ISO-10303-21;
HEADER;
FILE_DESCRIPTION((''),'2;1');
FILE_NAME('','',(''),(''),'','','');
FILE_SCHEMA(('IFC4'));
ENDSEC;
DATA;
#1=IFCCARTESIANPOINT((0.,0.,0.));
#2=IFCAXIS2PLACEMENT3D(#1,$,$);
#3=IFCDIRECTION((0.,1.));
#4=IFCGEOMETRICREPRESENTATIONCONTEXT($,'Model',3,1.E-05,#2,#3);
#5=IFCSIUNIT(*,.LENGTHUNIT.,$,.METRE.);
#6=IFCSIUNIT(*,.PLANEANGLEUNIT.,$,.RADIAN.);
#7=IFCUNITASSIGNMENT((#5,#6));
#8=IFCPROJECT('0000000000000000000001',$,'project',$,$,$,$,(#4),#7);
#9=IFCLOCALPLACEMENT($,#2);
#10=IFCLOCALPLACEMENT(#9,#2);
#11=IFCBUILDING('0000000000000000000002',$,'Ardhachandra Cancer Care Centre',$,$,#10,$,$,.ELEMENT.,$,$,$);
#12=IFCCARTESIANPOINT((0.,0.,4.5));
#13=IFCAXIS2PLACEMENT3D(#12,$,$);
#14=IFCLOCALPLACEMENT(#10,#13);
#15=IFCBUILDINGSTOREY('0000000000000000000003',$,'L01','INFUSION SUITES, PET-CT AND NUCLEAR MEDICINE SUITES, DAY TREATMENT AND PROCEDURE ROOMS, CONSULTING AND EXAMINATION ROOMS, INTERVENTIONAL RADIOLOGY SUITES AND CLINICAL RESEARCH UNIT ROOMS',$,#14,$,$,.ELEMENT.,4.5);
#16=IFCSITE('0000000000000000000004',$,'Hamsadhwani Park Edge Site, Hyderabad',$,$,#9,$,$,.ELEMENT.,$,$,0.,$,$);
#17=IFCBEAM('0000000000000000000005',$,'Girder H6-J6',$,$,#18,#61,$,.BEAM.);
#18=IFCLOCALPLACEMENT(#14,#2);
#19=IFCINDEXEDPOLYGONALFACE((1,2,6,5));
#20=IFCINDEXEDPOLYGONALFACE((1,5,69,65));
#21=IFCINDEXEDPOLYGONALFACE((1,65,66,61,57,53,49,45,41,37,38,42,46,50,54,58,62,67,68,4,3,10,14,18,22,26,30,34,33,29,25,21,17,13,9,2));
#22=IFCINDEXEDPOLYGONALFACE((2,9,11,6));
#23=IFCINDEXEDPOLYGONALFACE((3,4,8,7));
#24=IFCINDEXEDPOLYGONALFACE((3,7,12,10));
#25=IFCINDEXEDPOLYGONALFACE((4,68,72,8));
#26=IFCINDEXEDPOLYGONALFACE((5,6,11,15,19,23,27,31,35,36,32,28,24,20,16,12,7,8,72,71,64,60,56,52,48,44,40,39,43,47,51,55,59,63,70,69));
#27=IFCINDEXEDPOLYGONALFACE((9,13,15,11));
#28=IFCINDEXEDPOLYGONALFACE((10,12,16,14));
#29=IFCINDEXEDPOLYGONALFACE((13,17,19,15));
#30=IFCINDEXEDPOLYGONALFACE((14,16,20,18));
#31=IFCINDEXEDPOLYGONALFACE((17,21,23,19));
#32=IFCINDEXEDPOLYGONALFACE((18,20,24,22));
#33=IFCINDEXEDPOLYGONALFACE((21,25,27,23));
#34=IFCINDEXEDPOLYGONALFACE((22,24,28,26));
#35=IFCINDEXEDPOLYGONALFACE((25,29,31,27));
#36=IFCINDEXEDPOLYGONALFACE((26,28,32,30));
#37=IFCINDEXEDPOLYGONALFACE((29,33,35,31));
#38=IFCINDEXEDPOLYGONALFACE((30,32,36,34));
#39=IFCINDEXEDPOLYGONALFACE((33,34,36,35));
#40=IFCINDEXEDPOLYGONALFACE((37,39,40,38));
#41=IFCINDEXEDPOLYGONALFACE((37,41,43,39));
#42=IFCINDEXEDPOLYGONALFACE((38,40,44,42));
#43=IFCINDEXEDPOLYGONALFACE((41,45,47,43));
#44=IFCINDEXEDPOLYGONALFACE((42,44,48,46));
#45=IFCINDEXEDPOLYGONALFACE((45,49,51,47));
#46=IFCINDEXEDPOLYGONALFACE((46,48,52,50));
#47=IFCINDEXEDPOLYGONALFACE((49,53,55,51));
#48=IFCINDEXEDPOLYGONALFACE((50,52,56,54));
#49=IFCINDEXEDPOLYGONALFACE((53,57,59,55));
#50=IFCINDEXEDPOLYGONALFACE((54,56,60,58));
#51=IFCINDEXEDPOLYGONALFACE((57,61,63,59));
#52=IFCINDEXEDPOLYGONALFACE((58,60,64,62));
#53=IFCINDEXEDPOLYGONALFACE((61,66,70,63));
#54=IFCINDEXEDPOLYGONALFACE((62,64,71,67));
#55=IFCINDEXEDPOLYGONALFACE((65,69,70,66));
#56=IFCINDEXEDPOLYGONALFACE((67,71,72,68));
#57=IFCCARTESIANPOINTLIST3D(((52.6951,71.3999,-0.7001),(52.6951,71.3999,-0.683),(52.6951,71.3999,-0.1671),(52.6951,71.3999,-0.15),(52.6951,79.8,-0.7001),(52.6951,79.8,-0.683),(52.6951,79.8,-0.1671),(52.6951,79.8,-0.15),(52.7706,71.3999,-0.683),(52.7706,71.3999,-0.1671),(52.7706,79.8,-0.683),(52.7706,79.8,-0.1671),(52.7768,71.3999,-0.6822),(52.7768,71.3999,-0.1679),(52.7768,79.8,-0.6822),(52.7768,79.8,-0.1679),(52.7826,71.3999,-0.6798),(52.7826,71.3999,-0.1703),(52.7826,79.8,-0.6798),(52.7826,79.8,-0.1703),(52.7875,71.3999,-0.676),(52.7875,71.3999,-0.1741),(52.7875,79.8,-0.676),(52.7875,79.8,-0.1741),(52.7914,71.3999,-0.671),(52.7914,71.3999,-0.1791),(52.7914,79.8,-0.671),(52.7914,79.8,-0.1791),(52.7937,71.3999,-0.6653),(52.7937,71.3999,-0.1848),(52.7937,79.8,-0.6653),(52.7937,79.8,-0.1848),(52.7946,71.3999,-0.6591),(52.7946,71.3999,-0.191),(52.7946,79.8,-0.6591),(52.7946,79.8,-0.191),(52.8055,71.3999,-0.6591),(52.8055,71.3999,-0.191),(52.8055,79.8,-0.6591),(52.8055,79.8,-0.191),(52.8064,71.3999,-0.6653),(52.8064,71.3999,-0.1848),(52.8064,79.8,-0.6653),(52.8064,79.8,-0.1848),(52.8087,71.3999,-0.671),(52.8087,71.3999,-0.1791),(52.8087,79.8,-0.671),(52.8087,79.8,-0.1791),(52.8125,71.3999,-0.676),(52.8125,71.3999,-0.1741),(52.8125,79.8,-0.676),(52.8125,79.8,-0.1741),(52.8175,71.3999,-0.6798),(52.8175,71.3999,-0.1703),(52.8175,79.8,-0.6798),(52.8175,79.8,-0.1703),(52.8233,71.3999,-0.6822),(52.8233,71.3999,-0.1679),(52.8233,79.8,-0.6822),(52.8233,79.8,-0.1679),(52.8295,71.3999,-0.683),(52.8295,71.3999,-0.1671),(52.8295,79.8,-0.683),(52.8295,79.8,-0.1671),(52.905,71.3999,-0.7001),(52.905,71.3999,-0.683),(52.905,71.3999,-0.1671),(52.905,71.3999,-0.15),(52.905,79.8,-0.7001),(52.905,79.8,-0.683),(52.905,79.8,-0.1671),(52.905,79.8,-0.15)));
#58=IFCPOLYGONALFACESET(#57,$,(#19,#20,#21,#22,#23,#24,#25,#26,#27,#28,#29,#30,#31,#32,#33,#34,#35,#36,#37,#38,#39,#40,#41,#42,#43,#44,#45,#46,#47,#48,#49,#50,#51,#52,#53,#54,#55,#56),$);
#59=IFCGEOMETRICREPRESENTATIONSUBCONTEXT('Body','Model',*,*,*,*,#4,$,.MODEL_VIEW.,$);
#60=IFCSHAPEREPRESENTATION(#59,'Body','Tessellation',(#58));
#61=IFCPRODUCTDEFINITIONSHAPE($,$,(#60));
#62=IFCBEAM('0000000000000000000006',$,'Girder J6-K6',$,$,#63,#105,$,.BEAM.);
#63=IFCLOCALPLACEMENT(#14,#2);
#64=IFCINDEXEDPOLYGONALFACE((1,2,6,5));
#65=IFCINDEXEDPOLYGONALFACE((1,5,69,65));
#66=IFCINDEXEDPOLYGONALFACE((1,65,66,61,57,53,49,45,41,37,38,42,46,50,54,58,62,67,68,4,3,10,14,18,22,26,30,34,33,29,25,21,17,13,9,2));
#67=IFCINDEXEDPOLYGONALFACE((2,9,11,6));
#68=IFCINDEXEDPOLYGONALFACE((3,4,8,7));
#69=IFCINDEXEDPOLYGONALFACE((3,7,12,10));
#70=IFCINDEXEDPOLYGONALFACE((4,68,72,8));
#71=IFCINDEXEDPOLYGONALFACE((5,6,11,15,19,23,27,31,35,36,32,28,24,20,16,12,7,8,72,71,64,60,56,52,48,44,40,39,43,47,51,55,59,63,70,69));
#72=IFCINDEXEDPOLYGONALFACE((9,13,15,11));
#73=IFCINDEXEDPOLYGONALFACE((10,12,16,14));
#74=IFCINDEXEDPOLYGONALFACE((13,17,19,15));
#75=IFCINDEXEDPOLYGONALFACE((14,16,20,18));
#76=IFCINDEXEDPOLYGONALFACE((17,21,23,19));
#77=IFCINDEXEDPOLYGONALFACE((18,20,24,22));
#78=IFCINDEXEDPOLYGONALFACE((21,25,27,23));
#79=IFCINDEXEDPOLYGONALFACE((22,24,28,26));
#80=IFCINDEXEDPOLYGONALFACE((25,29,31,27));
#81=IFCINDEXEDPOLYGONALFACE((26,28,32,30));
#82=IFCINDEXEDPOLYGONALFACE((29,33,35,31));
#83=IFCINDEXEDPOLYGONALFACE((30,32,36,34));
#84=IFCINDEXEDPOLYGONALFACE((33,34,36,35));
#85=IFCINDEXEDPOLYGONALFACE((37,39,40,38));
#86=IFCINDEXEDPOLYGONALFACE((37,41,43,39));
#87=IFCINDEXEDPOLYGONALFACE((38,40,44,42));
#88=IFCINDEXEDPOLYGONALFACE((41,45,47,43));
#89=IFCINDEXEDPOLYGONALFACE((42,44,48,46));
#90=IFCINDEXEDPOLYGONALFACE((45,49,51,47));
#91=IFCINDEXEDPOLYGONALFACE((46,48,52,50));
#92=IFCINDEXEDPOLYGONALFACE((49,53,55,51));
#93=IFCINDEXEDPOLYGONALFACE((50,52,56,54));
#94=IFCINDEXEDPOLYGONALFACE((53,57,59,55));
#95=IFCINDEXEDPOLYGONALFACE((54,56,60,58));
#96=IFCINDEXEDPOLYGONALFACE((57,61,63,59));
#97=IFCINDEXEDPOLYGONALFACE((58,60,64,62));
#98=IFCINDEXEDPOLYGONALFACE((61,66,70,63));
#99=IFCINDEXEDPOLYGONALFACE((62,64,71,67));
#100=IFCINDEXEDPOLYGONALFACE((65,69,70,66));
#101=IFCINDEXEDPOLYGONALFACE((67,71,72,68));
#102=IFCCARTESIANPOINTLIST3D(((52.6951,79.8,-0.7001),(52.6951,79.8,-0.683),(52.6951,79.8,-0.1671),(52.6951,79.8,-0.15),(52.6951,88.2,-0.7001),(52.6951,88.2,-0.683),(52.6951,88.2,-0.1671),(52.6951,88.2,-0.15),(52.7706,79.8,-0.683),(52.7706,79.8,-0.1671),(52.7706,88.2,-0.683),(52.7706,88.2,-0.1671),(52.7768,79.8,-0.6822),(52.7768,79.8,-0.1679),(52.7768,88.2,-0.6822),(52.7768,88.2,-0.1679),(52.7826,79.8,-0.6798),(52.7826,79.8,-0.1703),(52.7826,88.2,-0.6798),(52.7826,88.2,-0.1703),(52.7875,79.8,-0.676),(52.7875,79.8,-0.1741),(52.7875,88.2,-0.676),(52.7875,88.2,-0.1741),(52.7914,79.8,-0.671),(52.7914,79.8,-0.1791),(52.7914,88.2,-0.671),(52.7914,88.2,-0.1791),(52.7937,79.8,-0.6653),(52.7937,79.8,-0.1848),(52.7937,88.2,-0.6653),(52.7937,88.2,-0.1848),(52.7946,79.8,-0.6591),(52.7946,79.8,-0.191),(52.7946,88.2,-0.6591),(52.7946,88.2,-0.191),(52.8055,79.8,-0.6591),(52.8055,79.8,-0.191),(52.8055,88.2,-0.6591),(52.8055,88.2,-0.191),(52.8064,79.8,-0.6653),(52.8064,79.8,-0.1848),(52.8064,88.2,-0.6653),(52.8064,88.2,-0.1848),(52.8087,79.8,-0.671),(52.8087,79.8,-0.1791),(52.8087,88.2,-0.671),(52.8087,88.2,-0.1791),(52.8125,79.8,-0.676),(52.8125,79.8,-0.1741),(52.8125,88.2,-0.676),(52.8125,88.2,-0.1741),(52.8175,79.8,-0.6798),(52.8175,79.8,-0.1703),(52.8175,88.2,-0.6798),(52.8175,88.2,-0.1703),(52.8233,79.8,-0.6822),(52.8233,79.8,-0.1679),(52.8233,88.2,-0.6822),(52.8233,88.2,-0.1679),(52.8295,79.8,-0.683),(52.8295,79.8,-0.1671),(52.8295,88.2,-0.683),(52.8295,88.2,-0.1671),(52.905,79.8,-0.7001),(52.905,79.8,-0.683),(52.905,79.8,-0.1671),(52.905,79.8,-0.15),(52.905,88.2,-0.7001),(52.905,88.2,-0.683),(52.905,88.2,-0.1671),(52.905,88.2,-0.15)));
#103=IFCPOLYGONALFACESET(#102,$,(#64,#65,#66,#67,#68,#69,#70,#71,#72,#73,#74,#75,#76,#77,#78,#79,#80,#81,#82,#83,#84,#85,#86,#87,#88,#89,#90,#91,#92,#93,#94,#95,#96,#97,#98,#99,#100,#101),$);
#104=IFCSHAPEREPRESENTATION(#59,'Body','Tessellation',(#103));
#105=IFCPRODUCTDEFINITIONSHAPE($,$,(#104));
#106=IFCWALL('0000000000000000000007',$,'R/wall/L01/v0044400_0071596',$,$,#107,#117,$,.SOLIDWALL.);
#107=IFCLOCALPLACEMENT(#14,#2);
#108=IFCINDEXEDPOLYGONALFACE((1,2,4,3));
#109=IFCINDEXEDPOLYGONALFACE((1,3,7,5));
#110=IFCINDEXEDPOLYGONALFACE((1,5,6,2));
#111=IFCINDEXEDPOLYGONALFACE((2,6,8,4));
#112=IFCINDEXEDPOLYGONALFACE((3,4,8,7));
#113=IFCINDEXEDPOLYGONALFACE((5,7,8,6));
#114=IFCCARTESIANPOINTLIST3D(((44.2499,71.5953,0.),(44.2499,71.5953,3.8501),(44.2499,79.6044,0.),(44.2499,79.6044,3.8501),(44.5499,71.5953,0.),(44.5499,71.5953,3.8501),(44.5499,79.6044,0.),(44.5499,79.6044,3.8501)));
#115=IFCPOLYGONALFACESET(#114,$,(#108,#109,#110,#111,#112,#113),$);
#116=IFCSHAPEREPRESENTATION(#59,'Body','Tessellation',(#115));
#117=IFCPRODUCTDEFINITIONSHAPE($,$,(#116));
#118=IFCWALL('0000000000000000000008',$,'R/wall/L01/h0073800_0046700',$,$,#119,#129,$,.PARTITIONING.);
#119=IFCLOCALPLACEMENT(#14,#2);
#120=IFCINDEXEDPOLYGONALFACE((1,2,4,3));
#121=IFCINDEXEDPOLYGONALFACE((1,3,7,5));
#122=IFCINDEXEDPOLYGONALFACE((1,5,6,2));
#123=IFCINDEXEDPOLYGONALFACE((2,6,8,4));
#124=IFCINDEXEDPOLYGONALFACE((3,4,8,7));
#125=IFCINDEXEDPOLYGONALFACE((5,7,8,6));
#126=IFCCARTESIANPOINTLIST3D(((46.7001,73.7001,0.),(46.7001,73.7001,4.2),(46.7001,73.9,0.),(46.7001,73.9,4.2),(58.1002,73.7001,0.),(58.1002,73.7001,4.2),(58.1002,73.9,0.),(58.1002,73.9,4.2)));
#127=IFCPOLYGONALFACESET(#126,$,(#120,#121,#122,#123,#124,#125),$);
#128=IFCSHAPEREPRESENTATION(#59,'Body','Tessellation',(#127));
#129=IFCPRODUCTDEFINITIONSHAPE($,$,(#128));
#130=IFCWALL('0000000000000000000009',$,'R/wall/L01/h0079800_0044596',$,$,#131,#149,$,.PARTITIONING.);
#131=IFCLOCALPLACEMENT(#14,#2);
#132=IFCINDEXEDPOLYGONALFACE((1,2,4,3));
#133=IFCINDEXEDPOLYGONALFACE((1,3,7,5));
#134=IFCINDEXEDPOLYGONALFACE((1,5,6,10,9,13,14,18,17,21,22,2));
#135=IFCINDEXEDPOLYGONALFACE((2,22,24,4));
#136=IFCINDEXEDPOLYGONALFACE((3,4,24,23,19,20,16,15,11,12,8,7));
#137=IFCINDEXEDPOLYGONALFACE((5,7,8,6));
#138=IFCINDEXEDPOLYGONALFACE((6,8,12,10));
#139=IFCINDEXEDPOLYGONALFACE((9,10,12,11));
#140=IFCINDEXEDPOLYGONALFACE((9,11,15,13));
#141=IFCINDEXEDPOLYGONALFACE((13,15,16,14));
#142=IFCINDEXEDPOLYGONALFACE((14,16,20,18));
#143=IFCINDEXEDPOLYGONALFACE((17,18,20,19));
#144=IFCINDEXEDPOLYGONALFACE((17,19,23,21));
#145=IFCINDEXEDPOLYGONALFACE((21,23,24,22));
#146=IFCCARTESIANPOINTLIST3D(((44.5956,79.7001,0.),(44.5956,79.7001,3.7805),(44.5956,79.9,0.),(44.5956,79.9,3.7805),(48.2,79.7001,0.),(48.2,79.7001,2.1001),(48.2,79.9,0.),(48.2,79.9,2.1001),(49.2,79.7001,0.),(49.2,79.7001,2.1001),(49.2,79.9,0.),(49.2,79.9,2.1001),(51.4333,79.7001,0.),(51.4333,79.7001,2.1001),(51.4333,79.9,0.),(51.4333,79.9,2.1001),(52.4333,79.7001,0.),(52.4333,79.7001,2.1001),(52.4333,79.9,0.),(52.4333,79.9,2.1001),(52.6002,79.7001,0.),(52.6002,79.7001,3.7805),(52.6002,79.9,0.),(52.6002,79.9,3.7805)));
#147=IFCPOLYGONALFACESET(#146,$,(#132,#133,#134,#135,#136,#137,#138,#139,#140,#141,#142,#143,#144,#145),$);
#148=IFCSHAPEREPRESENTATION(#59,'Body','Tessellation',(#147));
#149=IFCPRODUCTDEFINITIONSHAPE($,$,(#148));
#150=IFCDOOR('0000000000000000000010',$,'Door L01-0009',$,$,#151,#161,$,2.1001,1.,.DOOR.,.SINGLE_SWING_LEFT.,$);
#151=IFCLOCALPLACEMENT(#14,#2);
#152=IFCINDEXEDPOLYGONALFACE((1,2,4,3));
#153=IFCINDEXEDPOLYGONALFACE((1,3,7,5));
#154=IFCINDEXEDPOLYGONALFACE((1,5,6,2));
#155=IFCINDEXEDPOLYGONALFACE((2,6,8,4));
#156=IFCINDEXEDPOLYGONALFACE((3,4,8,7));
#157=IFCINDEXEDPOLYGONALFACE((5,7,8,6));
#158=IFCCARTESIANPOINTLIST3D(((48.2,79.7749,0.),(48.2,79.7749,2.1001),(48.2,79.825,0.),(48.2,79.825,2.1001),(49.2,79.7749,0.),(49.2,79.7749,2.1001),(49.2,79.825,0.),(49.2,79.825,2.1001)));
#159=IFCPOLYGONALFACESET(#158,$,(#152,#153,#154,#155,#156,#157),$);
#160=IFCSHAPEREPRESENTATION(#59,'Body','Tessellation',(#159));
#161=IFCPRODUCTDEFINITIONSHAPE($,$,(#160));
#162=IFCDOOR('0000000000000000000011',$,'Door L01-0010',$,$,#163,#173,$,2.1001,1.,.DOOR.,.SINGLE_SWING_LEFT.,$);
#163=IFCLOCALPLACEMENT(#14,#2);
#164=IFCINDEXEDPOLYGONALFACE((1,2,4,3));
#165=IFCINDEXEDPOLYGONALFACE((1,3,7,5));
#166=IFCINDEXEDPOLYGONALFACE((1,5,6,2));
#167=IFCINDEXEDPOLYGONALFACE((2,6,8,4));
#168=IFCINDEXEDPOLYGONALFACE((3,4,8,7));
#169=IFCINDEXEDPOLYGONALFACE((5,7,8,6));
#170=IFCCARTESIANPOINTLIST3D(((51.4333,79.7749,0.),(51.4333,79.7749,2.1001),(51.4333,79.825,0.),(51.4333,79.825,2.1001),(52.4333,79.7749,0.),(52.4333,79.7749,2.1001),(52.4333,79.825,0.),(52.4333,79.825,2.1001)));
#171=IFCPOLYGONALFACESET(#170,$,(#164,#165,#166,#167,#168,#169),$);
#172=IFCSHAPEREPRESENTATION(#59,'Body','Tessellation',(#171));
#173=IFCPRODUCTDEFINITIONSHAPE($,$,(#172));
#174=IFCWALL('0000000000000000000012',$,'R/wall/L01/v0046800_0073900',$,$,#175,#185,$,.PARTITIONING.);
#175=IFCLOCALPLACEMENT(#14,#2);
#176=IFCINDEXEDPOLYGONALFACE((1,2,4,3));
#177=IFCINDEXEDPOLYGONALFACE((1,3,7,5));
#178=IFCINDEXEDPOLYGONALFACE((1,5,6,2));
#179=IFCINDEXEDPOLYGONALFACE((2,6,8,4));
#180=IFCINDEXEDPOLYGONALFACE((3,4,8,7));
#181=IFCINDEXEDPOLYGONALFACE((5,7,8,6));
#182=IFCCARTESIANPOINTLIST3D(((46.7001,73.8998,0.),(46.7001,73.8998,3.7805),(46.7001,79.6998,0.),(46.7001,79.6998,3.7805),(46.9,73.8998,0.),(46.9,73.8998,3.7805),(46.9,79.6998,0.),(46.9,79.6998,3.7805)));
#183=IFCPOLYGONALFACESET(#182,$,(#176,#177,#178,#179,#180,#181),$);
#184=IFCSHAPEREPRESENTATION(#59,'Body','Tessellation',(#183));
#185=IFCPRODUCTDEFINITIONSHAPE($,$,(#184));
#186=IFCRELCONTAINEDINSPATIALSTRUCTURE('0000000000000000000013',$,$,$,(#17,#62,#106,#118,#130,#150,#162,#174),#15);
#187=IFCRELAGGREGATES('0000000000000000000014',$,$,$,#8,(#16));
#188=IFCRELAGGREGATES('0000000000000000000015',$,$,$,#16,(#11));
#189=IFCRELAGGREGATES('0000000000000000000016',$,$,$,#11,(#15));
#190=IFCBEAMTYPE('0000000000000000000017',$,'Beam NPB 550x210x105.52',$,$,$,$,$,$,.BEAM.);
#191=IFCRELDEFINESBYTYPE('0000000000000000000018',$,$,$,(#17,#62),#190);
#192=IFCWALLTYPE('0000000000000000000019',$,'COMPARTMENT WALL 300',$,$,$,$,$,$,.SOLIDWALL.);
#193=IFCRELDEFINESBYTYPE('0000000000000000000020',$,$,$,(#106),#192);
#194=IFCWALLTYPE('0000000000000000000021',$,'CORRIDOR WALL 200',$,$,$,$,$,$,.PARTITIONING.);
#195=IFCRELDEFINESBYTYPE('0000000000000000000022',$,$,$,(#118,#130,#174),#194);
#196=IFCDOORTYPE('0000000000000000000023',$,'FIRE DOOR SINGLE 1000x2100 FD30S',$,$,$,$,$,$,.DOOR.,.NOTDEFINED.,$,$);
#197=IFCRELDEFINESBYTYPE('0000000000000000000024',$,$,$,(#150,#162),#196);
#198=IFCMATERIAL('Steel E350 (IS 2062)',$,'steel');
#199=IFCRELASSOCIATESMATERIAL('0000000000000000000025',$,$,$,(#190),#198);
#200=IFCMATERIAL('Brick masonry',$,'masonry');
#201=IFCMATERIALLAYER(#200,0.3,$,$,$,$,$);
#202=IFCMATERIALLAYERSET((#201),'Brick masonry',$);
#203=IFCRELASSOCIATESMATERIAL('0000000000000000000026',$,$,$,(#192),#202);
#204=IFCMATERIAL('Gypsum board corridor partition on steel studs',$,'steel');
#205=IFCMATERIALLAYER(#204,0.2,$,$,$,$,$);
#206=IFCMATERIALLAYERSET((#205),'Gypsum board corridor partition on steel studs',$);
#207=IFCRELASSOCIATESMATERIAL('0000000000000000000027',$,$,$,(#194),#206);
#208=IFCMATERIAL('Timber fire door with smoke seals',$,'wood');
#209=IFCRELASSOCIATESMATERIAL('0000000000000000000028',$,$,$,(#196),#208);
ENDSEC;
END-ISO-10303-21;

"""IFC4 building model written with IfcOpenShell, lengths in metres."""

from ifc_helpers import new_model, si_unit, direction, frame, frame_2d, origin, origin_2d, place, context, subcontext, project, spatial, rectangle, i_section, extrude, material, layer, layer_set, material_profile, profile_set, type_object, element, fill, save


model = new_model("IFC4")

# Units and contexts
model_context = context("Model", 3, precision=1e-05, world=origin(), true_north=direction((0.0, 1.0)))
body_context = subcontext(model_context, "Body", "Model", "MODEL_VIEW")
ifc_project = project(units=[si_unit("LENGTHUNIT", "METRE"), si_unit("PLANEANGLEUNIT", "RADIAN")], contexts=[model_context])

# Site, building, storey
site_placement = place(None, origin())
site = spatial("IfcSite", under=ifc_project, at=site_placement, Name="Hamsadhwani Park Edge Site, Hyderabad", CompositionType="ELEMENT", RefElevation=0.0)
building_placement = place(site_placement, origin())
building = spatial("IfcBuilding", under=site, at=building_placement, Name="Ardhachandra Cancer Care Centre", CompositionType="ELEMENT")
storey_placement = place(building_placement, frame((0.0, 0.0, 4.5)))
storey = spatial("IfcBuildingStorey", under=building, at=storey_placement, Name="L01", Description="INFUSION SUITES, PET-CT AND NUCLEAR MEDICINE SUITES, DAY TREATMENT AND PROCEDURE ROOMS, CONSULTING AND EXAMINATION ROOMS, INTERVENTIONAL RADIOLOGY SUITES AND CLINICAL RESEARCH UNIT ROOMS", CompositionType="ELEMENT", Elevation=4.5)

# Beams
ifc_material_1 = material(Name="Steel E350 (IS 2062)", Category="steel")
ifc_material_profile_1 = material_profile(ifc_material_1, i_section(OverallWidth=0.21, OverallDepth=0.55, WebThickness=0.011, FlangeThickness=0.0171, FilletRadius=0.0239, at=origin_2d()), Name="NPB 550x210x105.52")
ifc_profile_set_1 = profile_set([ifc_material_profile_1], Name="Steel E350 (IS 2062)")
beam_type_1 = type_object("IfcBeamType", Name="Beam NPB 550x210x105.52", PredefinedType="BEAM", material=ifc_profile_set_1)
beam_1_placement = place(storey_placement, frame((52.8, 71.3999, -0.425), z_axis=(0.0, 1.0, 0.0), x_axis=(-1.0, 0.0, 0.0)))
element("IfcBeam", 1, at=beam_1_placement, inside=storey, type_object=beam_type_1, Name="Girder H6-J6", PredefinedType="BEAM", context=body_context, shape_type="SweptSolid", body=[
    extrude(i_section(OverallWidth=0.21, OverallDepth=0.55, WebThickness=0.011, FlangeThickness=0.0171, FilletRadius=0.0239, at=origin_2d()), origin(), (0.0, 0.0, 1.0), 8.4001),
])
beam_2_placement = place(storey_placement, frame((52.8, 79.8, -0.425), z_axis=(0.0, 1.0, 0.0), x_axis=(-1.0, 0.0, 0.0)))
element("IfcBeam", 2, at=beam_2_placement, inside=storey, type_object=beam_type_1, Name="Girder J6-K6", PredefinedType="BEAM", context=body_context, shape_type="SweptSolid", body=[
    extrude(i_section(OverallWidth=0.21, OverallDepth=0.55, WebThickness=0.011, FlangeThickness=0.0171, FilletRadius=0.0239, at=origin_2d()), origin(), (0.0, 0.0, 1.0), 8.3999),
])

# Walls
ifc_material_2 = material(Name="Brick masonry", Category="masonry")
ifc_layer_1 = layer(ifc_material_2, 0.3)
ifc_layer_set_1 = layer_set([ifc_layer_1], Name="Brick masonry")
wall_type_1 = type_object("IfcWallType", Name="COMPARTMENT WALL 300", PredefinedType="SOLIDWALL", material=ifc_layer_set_1)
wall_1_placement = place(storey_placement, frame((44.3999, 71.5955, 0.0), z_axis=(0.0, 0.0, 1.0), x_axis=(0.0, 1.0, 0.0)))
element("IfcWall", 3, at=wall_1_placement, inside=storey, type_object=wall_type_1, Name="R/wall/L01/v0044400_0071596", PredefinedType="SOLIDWALL", context=body_context, shape_type="SweptSolid", body=[
    extrude(rectangle(XDim=8.009, YDim=0.3, at=frame_2d((4.0044, 0.0))), origin(), (0.0, 0.0, 1.0), 3.8501),
])
ifc_material_3 = material(Name="Gypsum board corridor partition on steel studs", Category="steel")
ifc_layer_2 = layer(ifc_material_3, 0.2)
ifc_layer_set_2 = layer_set([ifc_layer_2], Name="Gypsum board corridor partition on steel studs")
wall_type_2 = type_object("IfcWallType", Name="CORRIDOR WALL 200", PredefinedType="PARTITIONING", material=ifc_layer_set_2)
wall_2_placement = place(storey_placement, frame((46.7, 73.8, 0.0), z_axis=(0.0, 0.0, 1.0), x_axis=(1.0, 0.0, 0.0)))
element("IfcWall", 4, at=wall_2_placement, inside=storey, type_object=wall_type_2, Name="R/wall/L01/h0073800_0046700", PredefinedType="PARTITIONING", context=body_context, shape_type="SweptSolid", body=[
    extrude(rectangle(XDim=11.4001, YDim=0.2, at=frame_2d((5.7002, 0.0))), origin(), (0.0, 0.0, 1.0), 4.2),
])

# Wall, openings, doors
wall_3_placement = place(storey_placement, frame((44.5955, 79.8, 0.0), z_axis=(0.0, 0.0, 1.0), x_axis=(1.0, 0.0, 0.0)))
wall_3 = element("IfcWall", 5, at=wall_3_placement, inside=storey, type_object=wall_type_2, Name="R/wall/L01/h0079800_0044596", PredefinedType="PARTITIONING", context=body_context, shape_type="SweptSolid", body=[
    extrude(rectangle(XDim=8.0046, YDim=0.2, at=frame_2d((4.0024, 0.0))), origin(), (0.0, 0.0, 1.0), 3.7805),
])
opening_1_placement = place(wall_3_placement, frame((3.6045, 0.0, 0.0)))
opening_1 = element("IfcOpeningElement", 6, at=opening_1_placement, cuts=wall_3, PredefinedType="OPENING", context=body_context, shape_type="SweptSolid", body=[
    extrude(rectangle(XDim=1.0, YDim=2.1001, at=frame_2d((0.5, 1.05))), frame((0.0, 0.1099, 0.0), z_axis=(0.0, -1.0, 0.0), x_axis=(1.0, 0.0, 0.0)), (0.0, 0.0, 1.0), 0.22),
])
opening_2_placement = place(wall_3_placement, frame((6.8379, 0.0, 0.0)))
opening_2 = element("IfcOpeningElement", 7, at=opening_2_placement, cuts=wall_3, PredefinedType="OPENING", context=body_context, shape_type="SweptSolid", body=[
    extrude(rectangle(XDim=1.0, YDim=2.1001, at=frame_2d((0.5, 1.05))), frame((0.0, 0.1099, 0.0), z_axis=(0.0, -1.0, 0.0), x_axis=(1.0, 0.0, 0.0)), (0.0, 0.0, 1.0), 0.22),
])
ifc_material_4 = material(Name="Timber fire door with smoke seals", Category="wood")
door_type = type_object("IfcDoorType", Name="FIRE DOOR SINGLE 1000x2100 FD30S", OperationType="NOTDEFINED", PredefinedType="DOOR", material=ifc_material_4)
door_1_placement = place(opening_1_placement, origin())
door_1 = element("IfcDoor", 8, at=door_1_placement, inside=storey, type_object=door_type, Name="Door L01-0009", OperationType="SINGLE_SWING_LEFT", OverallHeight=2.1001, OverallWidth=1.0, PredefinedType="DOOR", context=body_context, shape_type="SweptSolid", body=[
    extrude(rectangle(XDim=1.0, YDim=2.1001, at=frame_2d((0.5, 1.05))), frame((0.0, 0.0249, 0.0), z_axis=(0.0, -1.0, 0.0), x_axis=(1.0, 0.0, 0.0)), (0.0, 0.0, 1.0), 0.05),
])
fill(opening_1, door_1)
door_2_placement = place(opening_2_placement, origin())
door_2 = element("IfcDoor", 9, at=door_2_placement, inside=storey, type_object=door_type, Name="Door L01-0010", OperationType="SINGLE_SWING_LEFT", OverallHeight=2.1001, OverallWidth=1.0, PredefinedType="DOOR", context=body_context, shape_type="SweptSolid", body=[
    extrude(rectangle(XDim=1.0, YDim=2.1001, at=frame_2d((0.5, 1.05))), frame((0.0, 0.0249, 0.0), z_axis=(0.0, -1.0, 0.0), x_axis=(1.0, 0.0, 0.0)), (0.0, 0.0, 1.0), 0.05),
])
fill(opening_2, door_2)

# Wall
wall_4_placement = place(storey_placement, frame((46.8, 73.8999, 0.0), z_axis=(0.0, 0.0, 1.0), x_axis=(0.0, 1.0, 0.0)))
element("IfcWall", 10, at=wall_4_placement, inside=storey, type_object=wall_type_2, Name="R/wall/L01/v0046800_0073900", PredefinedType="PARTITIONING", context=body_context, shape_type="SweptSolid", body=[
    extrude(rectangle(XDim=5.8, YDim=0.2, at=frame_2d((2.8999, 0.0))), origin(), (0.0, 0.0, 1.0), 3.7805),
])

save(model, "model.ifc")
